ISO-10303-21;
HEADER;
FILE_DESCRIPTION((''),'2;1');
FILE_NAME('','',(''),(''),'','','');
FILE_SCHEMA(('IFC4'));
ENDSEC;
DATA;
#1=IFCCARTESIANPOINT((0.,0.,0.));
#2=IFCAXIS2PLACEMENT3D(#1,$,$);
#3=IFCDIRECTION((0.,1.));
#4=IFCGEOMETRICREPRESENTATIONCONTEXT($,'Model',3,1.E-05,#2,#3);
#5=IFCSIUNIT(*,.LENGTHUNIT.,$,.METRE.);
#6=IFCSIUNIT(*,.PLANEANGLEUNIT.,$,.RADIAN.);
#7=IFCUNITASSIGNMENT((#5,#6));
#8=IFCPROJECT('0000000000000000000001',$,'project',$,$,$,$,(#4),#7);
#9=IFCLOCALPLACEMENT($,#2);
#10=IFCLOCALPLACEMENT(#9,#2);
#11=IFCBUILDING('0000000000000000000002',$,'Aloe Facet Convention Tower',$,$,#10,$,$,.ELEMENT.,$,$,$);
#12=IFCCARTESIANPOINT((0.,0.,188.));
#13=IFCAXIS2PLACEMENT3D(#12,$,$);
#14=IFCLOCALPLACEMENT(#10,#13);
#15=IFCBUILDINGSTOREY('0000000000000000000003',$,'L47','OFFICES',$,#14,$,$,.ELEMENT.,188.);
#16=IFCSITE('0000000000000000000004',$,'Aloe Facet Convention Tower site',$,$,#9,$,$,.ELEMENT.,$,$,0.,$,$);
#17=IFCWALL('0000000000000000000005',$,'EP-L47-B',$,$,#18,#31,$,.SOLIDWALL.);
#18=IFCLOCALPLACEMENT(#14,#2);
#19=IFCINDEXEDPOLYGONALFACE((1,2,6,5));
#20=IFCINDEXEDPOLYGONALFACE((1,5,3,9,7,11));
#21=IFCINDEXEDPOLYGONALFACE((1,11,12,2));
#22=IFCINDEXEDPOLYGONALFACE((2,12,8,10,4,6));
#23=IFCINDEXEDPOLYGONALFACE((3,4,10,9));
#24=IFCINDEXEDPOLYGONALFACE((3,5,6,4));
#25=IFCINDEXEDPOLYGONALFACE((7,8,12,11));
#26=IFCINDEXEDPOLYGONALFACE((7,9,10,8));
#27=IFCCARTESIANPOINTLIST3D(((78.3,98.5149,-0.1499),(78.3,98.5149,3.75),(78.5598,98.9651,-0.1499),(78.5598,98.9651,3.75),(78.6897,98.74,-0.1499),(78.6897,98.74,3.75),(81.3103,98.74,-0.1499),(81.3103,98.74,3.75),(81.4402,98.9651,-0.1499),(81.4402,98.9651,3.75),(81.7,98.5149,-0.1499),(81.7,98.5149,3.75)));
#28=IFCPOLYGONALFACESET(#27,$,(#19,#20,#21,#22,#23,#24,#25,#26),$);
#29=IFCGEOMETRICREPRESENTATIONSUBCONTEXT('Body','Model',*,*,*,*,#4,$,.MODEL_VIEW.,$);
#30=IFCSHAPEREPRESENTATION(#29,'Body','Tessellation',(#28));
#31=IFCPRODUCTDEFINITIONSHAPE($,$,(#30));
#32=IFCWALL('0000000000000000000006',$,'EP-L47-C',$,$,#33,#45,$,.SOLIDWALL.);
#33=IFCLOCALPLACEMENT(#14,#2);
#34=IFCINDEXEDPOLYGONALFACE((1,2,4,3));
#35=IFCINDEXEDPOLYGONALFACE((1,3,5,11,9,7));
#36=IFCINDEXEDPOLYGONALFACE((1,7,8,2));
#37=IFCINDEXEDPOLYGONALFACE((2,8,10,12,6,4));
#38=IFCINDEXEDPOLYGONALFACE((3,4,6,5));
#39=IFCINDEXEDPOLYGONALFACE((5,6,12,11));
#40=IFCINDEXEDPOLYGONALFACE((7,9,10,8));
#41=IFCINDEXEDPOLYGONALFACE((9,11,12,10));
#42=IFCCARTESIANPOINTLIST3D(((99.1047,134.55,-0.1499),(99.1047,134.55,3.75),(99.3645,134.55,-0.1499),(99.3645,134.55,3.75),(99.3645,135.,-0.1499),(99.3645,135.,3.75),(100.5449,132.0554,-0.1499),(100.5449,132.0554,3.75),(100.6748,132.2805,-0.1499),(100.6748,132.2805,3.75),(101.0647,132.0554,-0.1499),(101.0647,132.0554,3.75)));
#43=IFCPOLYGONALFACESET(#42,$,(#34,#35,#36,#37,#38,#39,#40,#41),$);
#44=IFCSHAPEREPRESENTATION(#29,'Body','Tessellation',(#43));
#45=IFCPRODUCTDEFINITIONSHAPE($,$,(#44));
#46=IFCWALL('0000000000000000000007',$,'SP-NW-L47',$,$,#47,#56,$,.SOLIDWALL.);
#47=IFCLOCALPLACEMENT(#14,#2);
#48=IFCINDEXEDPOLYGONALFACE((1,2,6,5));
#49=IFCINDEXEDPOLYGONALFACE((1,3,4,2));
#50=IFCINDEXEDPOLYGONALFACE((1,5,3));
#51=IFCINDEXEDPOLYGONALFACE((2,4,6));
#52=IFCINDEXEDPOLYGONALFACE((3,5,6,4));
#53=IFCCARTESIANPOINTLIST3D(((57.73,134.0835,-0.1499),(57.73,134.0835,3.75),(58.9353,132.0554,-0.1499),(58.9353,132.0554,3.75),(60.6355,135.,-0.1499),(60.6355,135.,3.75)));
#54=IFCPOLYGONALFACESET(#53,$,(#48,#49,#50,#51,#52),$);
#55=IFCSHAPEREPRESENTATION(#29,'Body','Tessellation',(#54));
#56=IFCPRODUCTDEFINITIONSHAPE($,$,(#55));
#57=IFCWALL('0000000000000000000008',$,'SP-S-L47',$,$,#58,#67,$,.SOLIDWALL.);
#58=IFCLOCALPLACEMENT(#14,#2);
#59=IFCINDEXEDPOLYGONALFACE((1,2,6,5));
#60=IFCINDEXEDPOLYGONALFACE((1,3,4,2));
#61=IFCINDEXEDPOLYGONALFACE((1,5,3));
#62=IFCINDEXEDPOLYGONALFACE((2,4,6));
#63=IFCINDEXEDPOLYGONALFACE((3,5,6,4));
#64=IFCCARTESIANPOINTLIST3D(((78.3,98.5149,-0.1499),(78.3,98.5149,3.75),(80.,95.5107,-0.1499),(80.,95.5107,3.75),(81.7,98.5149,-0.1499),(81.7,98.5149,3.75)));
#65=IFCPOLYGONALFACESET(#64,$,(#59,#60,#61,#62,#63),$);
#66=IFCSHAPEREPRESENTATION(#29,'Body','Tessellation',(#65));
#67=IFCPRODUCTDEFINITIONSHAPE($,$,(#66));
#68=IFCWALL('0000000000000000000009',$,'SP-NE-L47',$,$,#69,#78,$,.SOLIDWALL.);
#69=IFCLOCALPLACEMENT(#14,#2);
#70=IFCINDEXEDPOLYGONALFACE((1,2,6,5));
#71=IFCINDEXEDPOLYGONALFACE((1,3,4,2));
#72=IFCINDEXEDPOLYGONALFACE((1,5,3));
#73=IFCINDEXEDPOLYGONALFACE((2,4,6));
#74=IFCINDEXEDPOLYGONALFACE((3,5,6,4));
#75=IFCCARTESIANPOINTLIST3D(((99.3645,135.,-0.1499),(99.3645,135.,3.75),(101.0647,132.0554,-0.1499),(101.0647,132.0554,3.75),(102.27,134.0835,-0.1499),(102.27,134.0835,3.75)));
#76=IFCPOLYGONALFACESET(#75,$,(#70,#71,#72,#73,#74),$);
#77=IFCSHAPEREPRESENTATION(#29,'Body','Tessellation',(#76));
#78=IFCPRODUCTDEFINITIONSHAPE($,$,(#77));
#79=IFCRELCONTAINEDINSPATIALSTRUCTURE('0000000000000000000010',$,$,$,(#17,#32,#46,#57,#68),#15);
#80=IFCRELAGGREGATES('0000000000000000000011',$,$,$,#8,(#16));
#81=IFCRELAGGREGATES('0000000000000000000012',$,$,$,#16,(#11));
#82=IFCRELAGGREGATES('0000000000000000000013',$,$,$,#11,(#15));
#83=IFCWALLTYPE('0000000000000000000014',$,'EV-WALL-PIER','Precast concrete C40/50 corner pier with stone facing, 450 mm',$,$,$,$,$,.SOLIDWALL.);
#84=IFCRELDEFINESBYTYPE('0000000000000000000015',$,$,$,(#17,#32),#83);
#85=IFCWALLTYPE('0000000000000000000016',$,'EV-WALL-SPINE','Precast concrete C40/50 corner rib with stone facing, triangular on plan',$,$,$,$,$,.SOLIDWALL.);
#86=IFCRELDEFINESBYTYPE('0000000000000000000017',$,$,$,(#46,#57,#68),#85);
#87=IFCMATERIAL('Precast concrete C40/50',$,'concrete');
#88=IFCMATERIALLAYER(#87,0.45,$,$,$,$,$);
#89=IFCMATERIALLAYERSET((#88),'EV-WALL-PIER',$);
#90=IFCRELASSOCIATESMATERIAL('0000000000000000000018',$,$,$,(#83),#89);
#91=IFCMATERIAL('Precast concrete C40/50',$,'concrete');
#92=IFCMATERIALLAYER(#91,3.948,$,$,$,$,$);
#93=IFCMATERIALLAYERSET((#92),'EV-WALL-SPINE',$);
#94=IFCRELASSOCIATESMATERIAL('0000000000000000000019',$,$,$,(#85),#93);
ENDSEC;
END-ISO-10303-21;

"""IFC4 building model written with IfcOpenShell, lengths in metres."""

from ifc_helpers import new_model, si_unit, direction, frame, origin, place, context, subcontext, project, spatial, polyline, outline, extrude, material, layer, layer_set, type_object, element, save


model = new_model("IFC4")

# Units and contexts
model_context = context("Model", 3, precision=1e-05, world=origin(), true_north=direction((0.0, 1.0)))
body_context = subcontext(model_context, "Body", "Model", "MODEL_VIEW")
ifc_project = project(units=[si_unit("LENGTHUNIT", "METRE"), si_unit("PLANEANGLEUNIT", "RADIAN")], contexts=[model_context])

# Site, building, storey
site_placement = place(None, origin())
site = spatial("IfcSite", under=ifc_project, at=site_placement, Name="Aloe Facet Convention Tower site", CompositionType="ELEMENT", RefElevation=0.0)
building_placement = place(site_placement, origin())
building = spatial("IfcBuilding", under=site, at=building_placement, Name="Aloe Facet Convention Tower", CompositionType="ELEMENT")
storey_placement = place(building_placement, frame((0.0, 0.0, 188.0)))
storey = spatial("IfcBuildingStorey", under=building, at=storey_placement, Name="L47", Description="OFFICES", CompositionType="ELEMENT", Elevation=188.0)

# Walls
ifc_material_1 = material(Name="Precast concrete C40/50", Category="concrete")
ifc_layer_1 = layer(ifc_material_1, 0.45)
ifc_layer_set_1 = layer_set([ifc_layer_1], Name="EV-WALL-PIER")
wall_type_1 = type_object("IfcWallType", Name="EV-WALL-PIER", Description="Precast concrete C40/50 corner pier with stone facing, 450 mm", PredefinedType="SOLIDWALL", material=ifc_layer_set_1)
wall_1_placement = place(storey_placement, frame((0.0, 0.0, -0.1499)))
element("IfcWall", 1, at=wall_1_placement, inside=storey, type_object=wall_type_1, Name="EP-L47-B", PredefinedType="SOLIDWALL", context=body_context, shape_type="SweptSolid", body=[
    extrude(outline(polyline([(78.3, 98.5149), (78.6897, 98.74), (78.5598, 98.9651), (81.4402, 98.9651), (81.3103, 98.74), (81.7, 98.5149), (78.3, 98.5149)])), origin(), (0.0, 0.0, 1.0), 3.8999),
])
wall_2_placement = place(storey_placement, frame((0.0, 0.0, -0.1499)))
element("IfcWall", 2, at=wall_2_placement, inside=storey, type_object=wall_type_1, Name="EP-L47-C", PredefinedType="SOLIDWALL", context=body_context, shape_type="SweptSolid", body=[
    extrude(outline(polyline([(101.0647, 132.0554), (100.6748, 132.2805), (100.5449, 132.0554), (99.1047, 134.55), (99.3645, 134.55), (99.3645, 135.0), (101.0647, 132.0554)])), origin(), (0.0, 0.0, 1.0), 3.8999),
])
ifc_material_2 = material(Name="Precast concrete C40/50", Category="concrete")
ifc_layer_2 = layer(ifc_material_2, 3.948)
ifc_layer_set_2 = layer_set([ifc_layer_2], Name="EV-WALL-SPINE")
wall_type_2 = type_object("IfcWallType", Name="EV-WALL-SPINE", Description="Precast concrete C40/50 corner rib with stone facing, triangular on plan", PredefinedType="SOLIDWALL", material=ifc_layer_set_2)
wall_3_placement = place(storey_placement, frame((0.0, 0.0, -0.1499)))
element("IfcWall", 3, at=wall_3_placement, inside=storey, type_object=wall_type_2, Name="SP-NW-L47", PredefinedType="SOLIDWALL", context=body_context, shape_type="SweptSolid", body=[
    extrude(outline(polyline([(60.6355, 135.0), (57.73, 134.0835), (58.9353, 132.0554), (60.6355, 135.0)])), origin(), (0.0, 0.0, 1.0), 3.8999),
])
wall_4_placement = place(storey_placement, frame((0.0, 0.0, -0.1499)))
element("IfcWall", 4, at=wall_4_placement, inside=storey, type_object=wall_type_2, Name="SP-S-L47", PredefinedType="SOLIDWALL", context=body_context, shape_type="SweptSolid", body=[
    extrude(outline(polyline([(78.3, 98.5149), (80.0, 95.5107), (81.7, 98.5149), (78.3, 98.5149)])), origin(), (0.0, 0.0, 1.0), 3.8999),
])
wall_5_placement = place(storey_placement, frame((0.0, 0.0, -0.1499)))
element("IfcWall", 5, at=wall_5_placement, inside=storey, type_object=wall_type_2, Name="SP-NE-L47", PredefinedType="SOLIDWALL", context=body_context, shape_type="SweptSolid", body=[
    extrude(outline(polyline([(101.0647, 132.0554), (102.27, 134.0835), (99.3645, 135.0), (101.0647, 132.0554)])), origin(), (0.0, 0.0, 1.0), 3.8999),
])

save(model, "model.ifc")
